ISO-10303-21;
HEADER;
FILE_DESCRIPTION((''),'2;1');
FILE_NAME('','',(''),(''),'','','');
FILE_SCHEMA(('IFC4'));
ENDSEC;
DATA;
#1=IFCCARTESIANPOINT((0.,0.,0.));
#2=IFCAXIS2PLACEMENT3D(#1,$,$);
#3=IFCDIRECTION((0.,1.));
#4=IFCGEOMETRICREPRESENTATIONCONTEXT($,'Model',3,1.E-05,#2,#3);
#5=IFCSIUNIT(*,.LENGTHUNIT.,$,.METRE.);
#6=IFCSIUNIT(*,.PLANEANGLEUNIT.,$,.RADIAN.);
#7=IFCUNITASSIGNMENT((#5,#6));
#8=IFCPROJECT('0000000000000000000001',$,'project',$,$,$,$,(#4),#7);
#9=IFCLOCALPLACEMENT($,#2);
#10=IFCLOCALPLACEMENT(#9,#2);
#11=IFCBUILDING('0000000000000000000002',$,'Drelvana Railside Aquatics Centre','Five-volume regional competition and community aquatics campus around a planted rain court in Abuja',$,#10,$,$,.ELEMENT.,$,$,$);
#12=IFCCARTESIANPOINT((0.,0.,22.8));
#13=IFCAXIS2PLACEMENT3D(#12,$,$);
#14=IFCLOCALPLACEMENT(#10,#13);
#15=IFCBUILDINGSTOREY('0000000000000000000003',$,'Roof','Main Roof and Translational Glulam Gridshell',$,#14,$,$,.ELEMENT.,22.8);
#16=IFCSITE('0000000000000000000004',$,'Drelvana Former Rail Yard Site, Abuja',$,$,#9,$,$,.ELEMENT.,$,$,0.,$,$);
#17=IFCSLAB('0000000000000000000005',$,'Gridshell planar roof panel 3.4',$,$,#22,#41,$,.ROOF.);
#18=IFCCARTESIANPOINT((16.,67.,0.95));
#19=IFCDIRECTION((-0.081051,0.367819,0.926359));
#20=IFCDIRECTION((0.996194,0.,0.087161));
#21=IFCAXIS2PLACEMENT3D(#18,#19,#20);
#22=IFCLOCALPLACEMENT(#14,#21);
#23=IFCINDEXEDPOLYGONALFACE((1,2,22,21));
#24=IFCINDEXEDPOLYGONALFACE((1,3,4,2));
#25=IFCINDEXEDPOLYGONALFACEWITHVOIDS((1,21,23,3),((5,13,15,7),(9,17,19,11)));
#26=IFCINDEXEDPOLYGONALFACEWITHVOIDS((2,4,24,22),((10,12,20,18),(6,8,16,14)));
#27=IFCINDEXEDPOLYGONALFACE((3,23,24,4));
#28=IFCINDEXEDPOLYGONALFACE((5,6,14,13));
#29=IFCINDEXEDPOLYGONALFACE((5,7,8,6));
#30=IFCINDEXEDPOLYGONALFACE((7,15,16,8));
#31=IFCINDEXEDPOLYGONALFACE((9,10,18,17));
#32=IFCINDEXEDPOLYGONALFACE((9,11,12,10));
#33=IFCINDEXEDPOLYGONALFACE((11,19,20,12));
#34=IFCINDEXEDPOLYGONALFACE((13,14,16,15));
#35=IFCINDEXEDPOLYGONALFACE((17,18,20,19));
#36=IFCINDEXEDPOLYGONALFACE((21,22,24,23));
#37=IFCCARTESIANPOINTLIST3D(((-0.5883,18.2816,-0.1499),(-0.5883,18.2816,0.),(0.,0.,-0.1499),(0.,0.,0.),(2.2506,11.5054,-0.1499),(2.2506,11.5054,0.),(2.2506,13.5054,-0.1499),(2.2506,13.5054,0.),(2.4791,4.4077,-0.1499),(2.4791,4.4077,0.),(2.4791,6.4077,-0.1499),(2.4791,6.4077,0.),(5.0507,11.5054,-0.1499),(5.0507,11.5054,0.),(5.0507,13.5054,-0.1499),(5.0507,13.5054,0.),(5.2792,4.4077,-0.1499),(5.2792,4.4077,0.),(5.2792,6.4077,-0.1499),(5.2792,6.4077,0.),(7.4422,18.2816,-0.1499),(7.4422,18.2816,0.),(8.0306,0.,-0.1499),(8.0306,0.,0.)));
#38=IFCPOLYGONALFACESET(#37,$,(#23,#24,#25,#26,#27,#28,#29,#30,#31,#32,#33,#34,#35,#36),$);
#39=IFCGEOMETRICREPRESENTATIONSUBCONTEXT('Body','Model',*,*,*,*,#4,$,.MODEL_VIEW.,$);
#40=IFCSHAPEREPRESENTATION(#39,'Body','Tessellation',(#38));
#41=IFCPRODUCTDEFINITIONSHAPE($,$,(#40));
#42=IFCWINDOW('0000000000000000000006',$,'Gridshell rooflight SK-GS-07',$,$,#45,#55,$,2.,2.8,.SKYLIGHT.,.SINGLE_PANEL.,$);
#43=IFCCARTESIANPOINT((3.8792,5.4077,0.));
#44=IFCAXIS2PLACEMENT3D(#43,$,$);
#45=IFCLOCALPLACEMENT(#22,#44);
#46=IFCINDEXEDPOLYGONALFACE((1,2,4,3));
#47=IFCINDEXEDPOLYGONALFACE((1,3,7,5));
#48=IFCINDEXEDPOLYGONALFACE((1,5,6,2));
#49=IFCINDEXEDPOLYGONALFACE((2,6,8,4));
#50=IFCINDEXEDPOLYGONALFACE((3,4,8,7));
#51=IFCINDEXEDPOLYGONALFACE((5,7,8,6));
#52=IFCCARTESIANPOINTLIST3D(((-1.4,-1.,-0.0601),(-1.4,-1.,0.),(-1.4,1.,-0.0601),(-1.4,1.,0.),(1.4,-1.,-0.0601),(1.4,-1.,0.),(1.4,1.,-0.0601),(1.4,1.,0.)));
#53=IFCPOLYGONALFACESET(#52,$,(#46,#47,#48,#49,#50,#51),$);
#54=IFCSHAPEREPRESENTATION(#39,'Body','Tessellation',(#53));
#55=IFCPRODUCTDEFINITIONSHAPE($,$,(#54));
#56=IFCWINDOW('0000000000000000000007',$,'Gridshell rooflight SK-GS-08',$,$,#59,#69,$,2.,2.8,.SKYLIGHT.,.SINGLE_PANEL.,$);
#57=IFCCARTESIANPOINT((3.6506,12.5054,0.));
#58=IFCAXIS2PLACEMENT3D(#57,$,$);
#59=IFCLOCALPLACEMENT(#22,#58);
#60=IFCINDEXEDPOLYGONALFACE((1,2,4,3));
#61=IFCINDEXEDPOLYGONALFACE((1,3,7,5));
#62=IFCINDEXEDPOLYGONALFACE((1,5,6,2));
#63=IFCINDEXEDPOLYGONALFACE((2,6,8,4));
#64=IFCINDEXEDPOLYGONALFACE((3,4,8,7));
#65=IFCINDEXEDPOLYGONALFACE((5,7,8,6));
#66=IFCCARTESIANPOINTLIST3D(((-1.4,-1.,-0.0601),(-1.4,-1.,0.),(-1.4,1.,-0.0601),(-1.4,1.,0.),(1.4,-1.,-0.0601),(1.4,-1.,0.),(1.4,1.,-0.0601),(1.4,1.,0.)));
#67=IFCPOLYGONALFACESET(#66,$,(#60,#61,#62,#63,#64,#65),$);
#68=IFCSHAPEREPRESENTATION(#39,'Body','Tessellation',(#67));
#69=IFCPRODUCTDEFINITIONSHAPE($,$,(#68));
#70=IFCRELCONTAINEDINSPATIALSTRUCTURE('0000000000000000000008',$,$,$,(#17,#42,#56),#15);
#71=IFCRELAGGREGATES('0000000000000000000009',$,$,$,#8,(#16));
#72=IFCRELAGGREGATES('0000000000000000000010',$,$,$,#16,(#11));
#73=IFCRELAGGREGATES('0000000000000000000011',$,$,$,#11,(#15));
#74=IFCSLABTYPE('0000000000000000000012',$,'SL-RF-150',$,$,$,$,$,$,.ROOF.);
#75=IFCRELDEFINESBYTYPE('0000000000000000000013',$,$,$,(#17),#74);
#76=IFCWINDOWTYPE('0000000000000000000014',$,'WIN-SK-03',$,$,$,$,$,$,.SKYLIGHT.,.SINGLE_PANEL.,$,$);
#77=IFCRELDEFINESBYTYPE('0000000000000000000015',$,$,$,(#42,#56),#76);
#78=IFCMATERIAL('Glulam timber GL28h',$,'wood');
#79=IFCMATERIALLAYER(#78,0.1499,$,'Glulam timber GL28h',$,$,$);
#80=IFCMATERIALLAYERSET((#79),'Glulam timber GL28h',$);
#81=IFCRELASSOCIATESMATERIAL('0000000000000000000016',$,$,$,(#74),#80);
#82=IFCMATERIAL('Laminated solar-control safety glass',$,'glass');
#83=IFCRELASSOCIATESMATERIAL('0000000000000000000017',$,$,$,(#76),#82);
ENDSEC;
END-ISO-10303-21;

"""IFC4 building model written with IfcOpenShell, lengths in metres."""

from ifc_helpers import new_model, si_unit, direction, frame, origin, origin_2d, place, context, subcontext, project, spatial, polyline, rectangle, outline, extrude, material, layer, layer_set, type_object, element, fill, save


model = new_model("IFC4")

# Units and contexts
model_context = context("Model", 3, precision=1e-05, world=origin(), true_north=direction((0.0, 1.0)))
body_context = subcontext(model_context, "Body", "Model", "MODEL_VIEW")
ifc_project = project(units=[si_unit("LENGTHUNIT", "METRE"), si_unit("PLANEANGLEUNIT", "RADIAN")], contexts=[model_context])

# Site, building, storey
site_placement = place(None, origin())
site = spatial("IfcSite", under=ifc_project, at=site_placement, Name="Drelvana Former Rail Yard Site, Abuja", CompositionType="ELEMENT", RefElevation=0.0)
building_placement = place(site_placement, origin())
building = spatial("IfcBuilding", under=site, at=building_placement, Name="Drelvana Railside Aquatics Centre", Description="Five-volume regional competition and community aquatics campus around a planted rain court in Abuja", CompositionType="ELEMENT")
storey_placement = place(building_placement, frame((0.0, 0.0, 22.8)))
storey = spatial("IfcBuildingStorey", under=building, at=storey_placement, Name="Roof", Description="Main Roof and Translational Glulam Gridshell", CompositionType="ELEMENT", Elevation=22.8)

# Shared definitions
ifc_material_1 = material(Name="Glulam timber GL28h", Category="wood")

# Shared definitions
ifc_layer_1 = layer(ifc_material_1, 0.1499, Name="Glulam timber GL28h")
ifc_layer_set_1 = layer_set([ifc_layer_1], Name="Glulam timber GL28h")
slab_type = type_object("IfcSlabType", Name="SL-RF-150", PredefinedType="ROOF", material=ifc_layer_set_1)

# Slab, openings, windows
slab_1_placement = place(storey_placement, frame((16.0, 67.0, 0.95), z_axis=(-0.081051, 0.367819, 0.926359), x_axis=(0.996194, 0.0, 0.087161)))
slab_1 = element("IfcSlab", 1, at=slab_1_placement, inside=storey, type_object=slab_type, Name="Gridshell planar roof panel 3.4", PredefinedType="ROOF", context=body_context, shape_type="SweptSolid", body=[
    extrude(outline(polyline([(0.0, 0.0), (8.0306, 0.0), (7.4422, 18.2816), (-0.5883, 18.2816), (0.0, 0.0)])), origin(), (0.0, 0.0, -1.0), 0.1499),
])
opening_1_placement = place(slab_1_placement, frame((3.8792, 5.4077, 0.01)))
opening_1 = element("IfcOpeningElement", 2, at=opening_1_placement, cuts=slab_1, PredefinedType="OPENING", context=body_context, shape_type="SweptSolid", body=[
    extrude(rectangle(XDim=2.8, YDim=2.0, at=origin_2d()), origin(), (0.0, 0.0, -1.0), 0.1699),
])
opening_2_placement = place(slab_1_placement, frame((3.6506, 12.5054, 0.01)))
opening_2 = element("IfcOpeningElement", 3, at=opening_2_placement, cuts=slab_1, PredefinedType="OPENING", context=body_context, shape_type="SweptSolid", body=[
    extrude(rectangle(XDim=2.8, YDim=2.0, at=origin_2d()), origin(), (0.0, 0.0, -1.0), 0.1699),
])
ifc_material_2 = material(Name="Laminated solar-control safety glass", Category="glass")
window_type = type_object("IfcWindowType", Name="WIN-SK-03", PartitioningType="SINGLE_PANEL", PredefinedType="SKYLIGHT", material=ifc_material_2)
window_1_placement = place(slab_1_placement, frame((3.8792, 5.4077, 0.0)))
window_1 = element("IfcWindow", 4, at=window_1_placement, inside=storey, type_object=window_type, Name="Gridshell rooflight SK-GS-07", OverallHeight=2.0, OverallWidth=2.8, PartitioningType="SINGLE_PANEL", PredefinedType="SKYLIGHT", context=body_context, shape_type="SweptSolid", body=[
    extrude(rectangle(XDim=2.8, YDim=2.0, at=origin_2d()), origin(), (0.0, 0.0, -1.0), 0.0601),
])
fill(opening_1, window_1)
window_2_placement = place(slab_1_placement, frame((3.6506, 12.5054, 0.0)))
window_2 = element("IfcWindow", 5, at=window_2_placement, inside=storey, type_object=window_type, Name="Gridshell rooflight SK-GS-08", OverallHeight=2.0, OverallWidth=2.8, PartitioningType="SINGLE_PANEL", PredefinedType="SKYLIGHT", context=body_context, shape_type="SweptSolid", body=[
    extrude(rectangle(XDim=2.8, YDim=2.0, at=origin_2d()), origin(), (0.0, 0.0, -1.0), 0.0601),
])
fill(opening_2, window_2)

save(model, "model.ifc")
